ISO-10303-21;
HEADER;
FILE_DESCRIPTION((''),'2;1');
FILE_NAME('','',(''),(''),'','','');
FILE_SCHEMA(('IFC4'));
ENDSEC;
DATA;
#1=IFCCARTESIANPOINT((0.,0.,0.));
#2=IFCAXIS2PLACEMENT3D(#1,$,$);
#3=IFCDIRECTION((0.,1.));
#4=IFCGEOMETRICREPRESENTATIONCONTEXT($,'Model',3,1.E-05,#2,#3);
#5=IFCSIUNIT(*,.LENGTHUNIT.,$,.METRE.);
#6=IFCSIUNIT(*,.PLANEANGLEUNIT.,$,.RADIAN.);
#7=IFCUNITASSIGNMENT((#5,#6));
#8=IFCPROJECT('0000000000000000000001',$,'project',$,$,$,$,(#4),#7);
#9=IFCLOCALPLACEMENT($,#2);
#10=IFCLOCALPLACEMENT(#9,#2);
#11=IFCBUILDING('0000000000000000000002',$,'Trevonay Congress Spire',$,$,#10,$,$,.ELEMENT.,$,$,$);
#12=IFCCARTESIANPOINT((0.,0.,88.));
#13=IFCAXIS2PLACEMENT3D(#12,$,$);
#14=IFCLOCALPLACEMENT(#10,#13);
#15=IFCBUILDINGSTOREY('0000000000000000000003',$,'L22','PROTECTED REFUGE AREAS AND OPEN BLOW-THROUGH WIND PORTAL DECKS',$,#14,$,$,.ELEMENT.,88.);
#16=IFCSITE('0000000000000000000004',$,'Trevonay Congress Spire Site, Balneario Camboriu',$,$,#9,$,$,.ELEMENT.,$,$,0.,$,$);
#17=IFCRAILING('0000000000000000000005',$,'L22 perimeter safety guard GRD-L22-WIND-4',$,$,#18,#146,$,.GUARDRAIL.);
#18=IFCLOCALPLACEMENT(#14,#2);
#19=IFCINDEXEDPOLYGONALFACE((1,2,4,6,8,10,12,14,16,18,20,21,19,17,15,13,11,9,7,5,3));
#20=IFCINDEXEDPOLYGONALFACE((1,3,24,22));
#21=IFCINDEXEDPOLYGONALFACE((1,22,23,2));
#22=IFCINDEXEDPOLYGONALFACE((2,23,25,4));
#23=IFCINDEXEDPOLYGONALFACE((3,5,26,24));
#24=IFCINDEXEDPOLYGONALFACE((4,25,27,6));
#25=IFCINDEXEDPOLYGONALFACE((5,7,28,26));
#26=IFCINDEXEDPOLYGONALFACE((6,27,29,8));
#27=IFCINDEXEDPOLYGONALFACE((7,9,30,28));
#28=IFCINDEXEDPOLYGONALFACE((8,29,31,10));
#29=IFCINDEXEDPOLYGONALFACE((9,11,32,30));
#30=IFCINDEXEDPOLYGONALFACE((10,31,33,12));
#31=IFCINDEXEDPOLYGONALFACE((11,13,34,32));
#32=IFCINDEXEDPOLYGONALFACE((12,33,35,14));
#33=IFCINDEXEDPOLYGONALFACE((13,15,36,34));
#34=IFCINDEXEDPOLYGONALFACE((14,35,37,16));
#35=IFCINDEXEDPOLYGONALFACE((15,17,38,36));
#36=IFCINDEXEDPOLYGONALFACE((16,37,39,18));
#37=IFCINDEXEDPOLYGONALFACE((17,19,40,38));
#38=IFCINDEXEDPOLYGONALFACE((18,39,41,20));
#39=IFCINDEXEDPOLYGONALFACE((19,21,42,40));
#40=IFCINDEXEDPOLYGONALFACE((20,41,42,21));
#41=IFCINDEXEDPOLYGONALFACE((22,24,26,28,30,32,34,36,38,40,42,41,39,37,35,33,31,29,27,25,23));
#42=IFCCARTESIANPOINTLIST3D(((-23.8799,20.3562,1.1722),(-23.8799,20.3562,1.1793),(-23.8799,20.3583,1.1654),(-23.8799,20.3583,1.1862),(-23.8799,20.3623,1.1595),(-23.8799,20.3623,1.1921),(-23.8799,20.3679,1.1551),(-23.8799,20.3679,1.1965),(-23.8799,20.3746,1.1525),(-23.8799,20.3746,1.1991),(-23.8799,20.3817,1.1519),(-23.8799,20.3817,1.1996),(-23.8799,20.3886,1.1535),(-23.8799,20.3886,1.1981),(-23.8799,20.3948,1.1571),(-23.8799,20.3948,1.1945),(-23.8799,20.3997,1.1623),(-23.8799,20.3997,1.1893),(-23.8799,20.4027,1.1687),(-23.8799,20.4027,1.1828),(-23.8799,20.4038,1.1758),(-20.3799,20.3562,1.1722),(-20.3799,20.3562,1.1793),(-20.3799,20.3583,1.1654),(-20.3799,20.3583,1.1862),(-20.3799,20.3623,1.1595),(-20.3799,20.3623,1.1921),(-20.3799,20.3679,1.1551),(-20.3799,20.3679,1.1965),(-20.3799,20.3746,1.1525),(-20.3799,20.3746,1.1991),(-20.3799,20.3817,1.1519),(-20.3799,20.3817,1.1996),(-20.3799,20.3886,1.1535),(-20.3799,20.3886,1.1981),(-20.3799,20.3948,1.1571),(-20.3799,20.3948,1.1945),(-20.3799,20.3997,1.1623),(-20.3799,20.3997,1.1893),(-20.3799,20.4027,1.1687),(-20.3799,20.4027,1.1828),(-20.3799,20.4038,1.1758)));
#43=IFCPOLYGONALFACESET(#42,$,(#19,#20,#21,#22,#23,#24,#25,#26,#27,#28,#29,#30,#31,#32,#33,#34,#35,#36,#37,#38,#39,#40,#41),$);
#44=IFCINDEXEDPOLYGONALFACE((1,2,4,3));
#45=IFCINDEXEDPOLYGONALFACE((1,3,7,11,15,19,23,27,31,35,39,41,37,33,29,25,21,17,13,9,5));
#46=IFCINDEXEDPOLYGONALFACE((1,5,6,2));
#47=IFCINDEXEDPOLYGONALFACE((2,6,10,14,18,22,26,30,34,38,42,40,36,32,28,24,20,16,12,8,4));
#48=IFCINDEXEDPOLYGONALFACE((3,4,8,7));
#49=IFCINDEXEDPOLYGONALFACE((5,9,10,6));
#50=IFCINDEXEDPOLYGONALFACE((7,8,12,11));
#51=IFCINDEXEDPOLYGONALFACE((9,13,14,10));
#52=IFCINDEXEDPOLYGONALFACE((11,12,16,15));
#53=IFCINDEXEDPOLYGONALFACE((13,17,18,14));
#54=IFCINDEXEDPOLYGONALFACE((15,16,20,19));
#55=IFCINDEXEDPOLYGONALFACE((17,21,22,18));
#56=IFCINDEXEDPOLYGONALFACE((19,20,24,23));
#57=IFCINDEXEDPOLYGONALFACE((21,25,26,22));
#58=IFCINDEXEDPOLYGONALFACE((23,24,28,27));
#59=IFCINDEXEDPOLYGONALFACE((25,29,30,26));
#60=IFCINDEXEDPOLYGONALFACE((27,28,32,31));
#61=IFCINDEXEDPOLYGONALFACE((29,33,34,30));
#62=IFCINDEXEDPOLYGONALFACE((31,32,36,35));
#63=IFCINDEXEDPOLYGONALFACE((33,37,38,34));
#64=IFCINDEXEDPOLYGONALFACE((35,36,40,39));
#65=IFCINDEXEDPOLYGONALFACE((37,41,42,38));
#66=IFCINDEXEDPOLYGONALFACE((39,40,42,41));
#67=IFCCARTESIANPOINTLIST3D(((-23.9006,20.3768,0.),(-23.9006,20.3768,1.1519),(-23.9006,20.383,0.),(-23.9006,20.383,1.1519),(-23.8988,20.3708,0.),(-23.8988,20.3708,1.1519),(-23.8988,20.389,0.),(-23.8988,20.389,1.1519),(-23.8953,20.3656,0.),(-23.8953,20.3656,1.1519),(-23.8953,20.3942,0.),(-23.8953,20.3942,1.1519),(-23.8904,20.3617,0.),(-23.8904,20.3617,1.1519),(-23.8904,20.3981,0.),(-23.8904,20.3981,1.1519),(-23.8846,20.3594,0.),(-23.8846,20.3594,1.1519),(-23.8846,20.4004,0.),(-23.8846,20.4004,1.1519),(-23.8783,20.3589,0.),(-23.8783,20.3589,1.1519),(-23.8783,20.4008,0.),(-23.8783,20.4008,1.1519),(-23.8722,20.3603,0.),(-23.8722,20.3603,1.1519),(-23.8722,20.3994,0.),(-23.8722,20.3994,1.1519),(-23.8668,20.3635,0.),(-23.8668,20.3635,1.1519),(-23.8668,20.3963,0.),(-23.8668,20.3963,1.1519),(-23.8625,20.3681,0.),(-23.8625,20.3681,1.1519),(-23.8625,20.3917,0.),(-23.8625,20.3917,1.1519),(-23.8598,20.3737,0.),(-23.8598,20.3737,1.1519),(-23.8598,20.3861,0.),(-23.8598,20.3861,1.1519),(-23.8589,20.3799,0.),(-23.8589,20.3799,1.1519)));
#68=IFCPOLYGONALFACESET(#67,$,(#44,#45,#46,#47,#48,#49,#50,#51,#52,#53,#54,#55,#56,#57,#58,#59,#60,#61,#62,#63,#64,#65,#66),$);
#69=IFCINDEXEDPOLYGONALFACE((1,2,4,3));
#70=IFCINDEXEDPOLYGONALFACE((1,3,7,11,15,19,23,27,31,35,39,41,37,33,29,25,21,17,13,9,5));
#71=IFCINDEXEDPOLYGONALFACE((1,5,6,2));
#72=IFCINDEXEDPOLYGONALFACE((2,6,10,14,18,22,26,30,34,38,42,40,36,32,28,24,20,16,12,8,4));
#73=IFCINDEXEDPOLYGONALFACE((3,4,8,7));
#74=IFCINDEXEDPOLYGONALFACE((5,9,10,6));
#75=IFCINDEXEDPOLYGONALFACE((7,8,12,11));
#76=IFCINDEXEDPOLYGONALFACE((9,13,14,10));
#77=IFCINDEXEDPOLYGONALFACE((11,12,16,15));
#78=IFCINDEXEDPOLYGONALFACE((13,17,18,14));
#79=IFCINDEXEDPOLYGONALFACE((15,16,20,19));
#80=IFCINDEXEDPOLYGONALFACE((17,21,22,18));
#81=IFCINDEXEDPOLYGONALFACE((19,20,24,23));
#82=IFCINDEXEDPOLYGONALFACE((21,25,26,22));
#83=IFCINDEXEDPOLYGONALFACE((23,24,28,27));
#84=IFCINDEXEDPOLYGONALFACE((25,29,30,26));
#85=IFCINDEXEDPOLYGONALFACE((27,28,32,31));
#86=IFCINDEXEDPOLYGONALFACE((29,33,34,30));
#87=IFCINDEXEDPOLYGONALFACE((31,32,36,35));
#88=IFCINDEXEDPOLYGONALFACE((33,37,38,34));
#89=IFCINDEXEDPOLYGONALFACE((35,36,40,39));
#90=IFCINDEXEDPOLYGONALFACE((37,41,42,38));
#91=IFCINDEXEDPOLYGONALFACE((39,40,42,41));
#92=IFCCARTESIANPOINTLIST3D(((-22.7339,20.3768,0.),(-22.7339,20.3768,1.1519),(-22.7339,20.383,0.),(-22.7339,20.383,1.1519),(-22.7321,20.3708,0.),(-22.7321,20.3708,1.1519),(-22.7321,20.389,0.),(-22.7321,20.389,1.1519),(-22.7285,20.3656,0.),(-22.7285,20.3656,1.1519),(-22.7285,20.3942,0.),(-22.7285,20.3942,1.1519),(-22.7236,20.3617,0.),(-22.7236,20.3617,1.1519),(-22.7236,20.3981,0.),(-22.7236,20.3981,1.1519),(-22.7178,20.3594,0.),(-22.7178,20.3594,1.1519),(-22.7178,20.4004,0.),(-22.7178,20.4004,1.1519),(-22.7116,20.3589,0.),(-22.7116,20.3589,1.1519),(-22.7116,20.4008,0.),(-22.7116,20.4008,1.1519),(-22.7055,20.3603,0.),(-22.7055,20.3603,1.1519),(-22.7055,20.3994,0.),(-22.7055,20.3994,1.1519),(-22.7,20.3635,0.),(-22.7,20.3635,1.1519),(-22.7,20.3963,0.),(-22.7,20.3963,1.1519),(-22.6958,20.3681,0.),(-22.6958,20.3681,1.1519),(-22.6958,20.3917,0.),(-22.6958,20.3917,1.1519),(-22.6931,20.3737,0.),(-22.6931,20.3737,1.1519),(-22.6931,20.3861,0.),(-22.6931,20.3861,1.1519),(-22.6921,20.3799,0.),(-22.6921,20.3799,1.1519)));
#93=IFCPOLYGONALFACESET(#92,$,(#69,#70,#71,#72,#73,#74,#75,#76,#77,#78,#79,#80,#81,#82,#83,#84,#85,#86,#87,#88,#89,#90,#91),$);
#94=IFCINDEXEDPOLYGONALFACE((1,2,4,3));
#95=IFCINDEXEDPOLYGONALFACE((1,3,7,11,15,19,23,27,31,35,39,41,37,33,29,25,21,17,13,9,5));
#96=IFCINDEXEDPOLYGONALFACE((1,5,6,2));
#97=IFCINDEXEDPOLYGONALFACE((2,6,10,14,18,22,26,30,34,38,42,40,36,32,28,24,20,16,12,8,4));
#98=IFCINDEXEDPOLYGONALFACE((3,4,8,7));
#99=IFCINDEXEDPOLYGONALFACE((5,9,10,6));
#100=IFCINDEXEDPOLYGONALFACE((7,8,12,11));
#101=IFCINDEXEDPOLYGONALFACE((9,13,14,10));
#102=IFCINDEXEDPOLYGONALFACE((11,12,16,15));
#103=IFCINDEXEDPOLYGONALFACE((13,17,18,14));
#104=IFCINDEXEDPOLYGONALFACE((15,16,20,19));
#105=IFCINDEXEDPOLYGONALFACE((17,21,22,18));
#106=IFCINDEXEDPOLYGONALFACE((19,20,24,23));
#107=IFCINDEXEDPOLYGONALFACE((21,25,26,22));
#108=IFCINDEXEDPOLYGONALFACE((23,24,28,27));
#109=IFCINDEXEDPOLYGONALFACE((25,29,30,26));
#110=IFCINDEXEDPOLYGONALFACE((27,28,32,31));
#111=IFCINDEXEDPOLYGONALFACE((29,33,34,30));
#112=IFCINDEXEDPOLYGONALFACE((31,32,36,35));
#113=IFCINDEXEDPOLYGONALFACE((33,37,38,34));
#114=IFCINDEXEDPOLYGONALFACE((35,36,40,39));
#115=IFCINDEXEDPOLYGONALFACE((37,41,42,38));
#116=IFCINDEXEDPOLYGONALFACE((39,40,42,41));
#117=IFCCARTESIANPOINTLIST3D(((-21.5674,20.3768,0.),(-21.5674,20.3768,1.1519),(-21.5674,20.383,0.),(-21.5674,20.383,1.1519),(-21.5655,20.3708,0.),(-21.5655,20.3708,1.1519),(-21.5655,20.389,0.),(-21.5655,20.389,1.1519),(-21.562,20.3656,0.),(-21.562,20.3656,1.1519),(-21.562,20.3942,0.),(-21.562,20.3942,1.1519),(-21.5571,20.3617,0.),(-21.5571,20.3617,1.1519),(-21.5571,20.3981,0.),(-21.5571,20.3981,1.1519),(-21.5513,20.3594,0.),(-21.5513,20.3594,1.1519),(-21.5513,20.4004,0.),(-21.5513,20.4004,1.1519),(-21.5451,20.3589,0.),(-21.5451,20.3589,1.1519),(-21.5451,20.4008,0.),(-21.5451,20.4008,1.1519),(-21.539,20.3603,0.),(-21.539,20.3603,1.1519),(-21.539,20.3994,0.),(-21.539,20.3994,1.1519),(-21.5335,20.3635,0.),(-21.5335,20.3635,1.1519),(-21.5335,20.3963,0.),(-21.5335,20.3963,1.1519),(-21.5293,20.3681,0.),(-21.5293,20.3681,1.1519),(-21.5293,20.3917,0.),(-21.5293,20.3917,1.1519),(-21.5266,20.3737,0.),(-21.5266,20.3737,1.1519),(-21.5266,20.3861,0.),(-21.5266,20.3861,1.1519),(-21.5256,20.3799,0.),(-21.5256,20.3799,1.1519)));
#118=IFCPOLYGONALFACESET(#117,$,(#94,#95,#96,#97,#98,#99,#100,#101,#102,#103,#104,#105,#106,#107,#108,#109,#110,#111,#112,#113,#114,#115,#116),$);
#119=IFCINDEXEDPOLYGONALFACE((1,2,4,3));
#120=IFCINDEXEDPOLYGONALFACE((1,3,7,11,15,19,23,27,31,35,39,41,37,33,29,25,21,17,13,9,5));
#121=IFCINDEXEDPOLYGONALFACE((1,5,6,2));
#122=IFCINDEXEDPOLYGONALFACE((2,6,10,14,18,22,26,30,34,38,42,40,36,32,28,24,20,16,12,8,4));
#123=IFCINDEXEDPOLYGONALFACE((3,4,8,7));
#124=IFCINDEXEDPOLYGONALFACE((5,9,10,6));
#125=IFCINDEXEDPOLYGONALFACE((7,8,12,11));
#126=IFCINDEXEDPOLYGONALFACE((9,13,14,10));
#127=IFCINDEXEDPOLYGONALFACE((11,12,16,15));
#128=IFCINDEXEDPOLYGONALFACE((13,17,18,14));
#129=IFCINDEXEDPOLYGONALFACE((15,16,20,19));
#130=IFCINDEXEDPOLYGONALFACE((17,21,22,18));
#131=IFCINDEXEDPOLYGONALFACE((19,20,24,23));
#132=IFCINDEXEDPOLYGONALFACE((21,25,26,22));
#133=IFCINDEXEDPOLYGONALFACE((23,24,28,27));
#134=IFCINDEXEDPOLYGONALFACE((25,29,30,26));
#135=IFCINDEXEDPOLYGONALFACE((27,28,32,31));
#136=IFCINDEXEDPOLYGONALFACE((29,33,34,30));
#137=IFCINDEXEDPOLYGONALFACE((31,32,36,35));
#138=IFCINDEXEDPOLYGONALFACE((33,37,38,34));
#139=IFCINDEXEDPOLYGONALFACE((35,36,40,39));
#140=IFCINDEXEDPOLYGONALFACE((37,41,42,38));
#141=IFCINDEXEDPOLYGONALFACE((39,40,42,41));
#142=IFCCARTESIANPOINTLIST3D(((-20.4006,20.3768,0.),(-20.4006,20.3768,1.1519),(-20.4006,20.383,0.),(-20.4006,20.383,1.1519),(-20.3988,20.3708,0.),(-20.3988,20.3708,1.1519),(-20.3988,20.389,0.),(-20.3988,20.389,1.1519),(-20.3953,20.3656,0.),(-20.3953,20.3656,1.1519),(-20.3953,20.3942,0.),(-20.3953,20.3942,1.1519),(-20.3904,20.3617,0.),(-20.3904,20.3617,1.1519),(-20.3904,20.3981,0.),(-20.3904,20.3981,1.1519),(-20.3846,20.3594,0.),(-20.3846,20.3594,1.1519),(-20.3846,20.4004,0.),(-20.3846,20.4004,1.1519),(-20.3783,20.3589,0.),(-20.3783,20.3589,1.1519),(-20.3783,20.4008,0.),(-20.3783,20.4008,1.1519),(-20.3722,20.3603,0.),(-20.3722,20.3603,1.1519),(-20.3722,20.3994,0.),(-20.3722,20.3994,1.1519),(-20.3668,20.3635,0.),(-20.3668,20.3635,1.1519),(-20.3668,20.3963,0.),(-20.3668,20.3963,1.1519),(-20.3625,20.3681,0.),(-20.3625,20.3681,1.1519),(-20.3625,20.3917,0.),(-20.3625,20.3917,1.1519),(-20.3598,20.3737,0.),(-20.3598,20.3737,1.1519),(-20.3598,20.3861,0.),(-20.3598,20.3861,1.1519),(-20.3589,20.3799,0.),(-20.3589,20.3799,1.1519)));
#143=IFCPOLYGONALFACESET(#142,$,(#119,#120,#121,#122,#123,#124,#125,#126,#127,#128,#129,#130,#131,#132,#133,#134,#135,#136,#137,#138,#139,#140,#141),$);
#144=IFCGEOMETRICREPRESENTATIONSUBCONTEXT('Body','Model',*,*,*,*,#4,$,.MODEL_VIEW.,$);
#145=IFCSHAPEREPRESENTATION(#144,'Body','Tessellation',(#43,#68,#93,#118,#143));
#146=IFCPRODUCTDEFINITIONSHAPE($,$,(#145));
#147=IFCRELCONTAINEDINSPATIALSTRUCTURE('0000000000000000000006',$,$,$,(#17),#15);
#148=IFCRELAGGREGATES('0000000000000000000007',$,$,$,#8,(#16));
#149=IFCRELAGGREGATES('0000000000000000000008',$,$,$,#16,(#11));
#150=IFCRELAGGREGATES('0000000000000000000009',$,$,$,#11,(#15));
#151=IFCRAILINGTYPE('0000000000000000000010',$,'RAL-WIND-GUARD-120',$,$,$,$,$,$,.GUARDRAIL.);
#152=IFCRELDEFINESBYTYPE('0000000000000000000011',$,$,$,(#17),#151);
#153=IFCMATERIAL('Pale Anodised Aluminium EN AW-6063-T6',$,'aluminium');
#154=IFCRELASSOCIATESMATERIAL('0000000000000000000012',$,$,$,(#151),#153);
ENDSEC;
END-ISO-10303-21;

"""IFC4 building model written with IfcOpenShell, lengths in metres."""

from ifc_helpers import new_model, si_unit, direction, frame, origin, origin_2d, place, context, subcontext, project, spatial, circle, extrude, material, type_object, element, save


model = new_model("IFC4")

# Units and contexts
model_context = context("Model", 3, precision=1e-05, world=origin(), true_north=direction((0.0, 1.0)))
body_context = subcontext(model_context, "Body", "Model", "MODEL_VIEW")
ifc_project = project(units=[si_unit("LENGTHUNIT", "METRE"), si_unit("PLANEANGLEUNIT", "RADIAN")], contexts=[model_context])

# Site, building, storey
site_placement = place(None, origin())
site = spatial("IfcSite", under=ifc_project, at=site_placement, Name="Trevonay Congress Spire Site, Balneario Camboriu", CompositionType="ELEMENT", RefElevation=0.0)
building_placement = place(site_placement, origin())
building = spatial("IfcBuilding", under=site, at=building_placement, Name="Trevonay Congress Spire", CompositionType="ELEMENT")
storey_placement = place(building_placement, frame((0.0, 0.0, 88.0)))
storey = spatial("IfcBuildingStorey", under=building, at=storey_placement, Name="L22", Description="PROTECTED REFUGE AREAS AND OPEN BLOW-THROUGH WIND PORTAL DECKS", CompositionType="ELEMENT", Elevation=88.0)

# Railing
ifc_material_1 = material(Name="Pale Anodised Aluminium EN AW-6063-T6", Category="aluminium")
railing_type = type_object("IfcRailingType", Name="RAL-WIND-GUARD-120", PredefinedType="GUARDRAIL", material=ifc_material_1)
railing_1_placement = place(storey_placement, frame((-23.8799, 20.3799, 0.0)))
element("IfcRailing", 1, at=railing_1_placement, inside=storey, type_object=railing_type, Name="L22 perimeter safety guard GRD-L22-WIND-4", PredefinedType="GUARDRAIL", context=body_context, shape_type="SweptSolid", body=[
    extrude(circle(Radius=0.0239, at=origin_2d()), frame((0.0, 0.0, 1.1758), z_axis=(1.0, 0.0, 0.0), x_axis=(0.0, 1.0, 0.0)), (0.0, 0.0, 1.0), 3.5),
    extrude(circle(Radius=0.021, at=origin_2d()), origin(), (0.0, 0.0, 1.0), 1.1519),
    extrude(circle(Radius=0.021, at=origin_2d()), frame((1.1667, 0.0, 0.0)), (0.0, 0.0, 1.0), 1.1519),
    extrude(circle(Radius=0.021, at=origin_2d()), frame((2.3333, 0.0, 0.0)), (0.0, 0.0, 1.0), 1.1519),
    extrude(circle(Radius=0.021, at=origin_2d()), frame((3.5, 0.0, 0.0)), (0.0, 0.0, 1.0), 1.1519),
])

save(model, "model.ifc")
